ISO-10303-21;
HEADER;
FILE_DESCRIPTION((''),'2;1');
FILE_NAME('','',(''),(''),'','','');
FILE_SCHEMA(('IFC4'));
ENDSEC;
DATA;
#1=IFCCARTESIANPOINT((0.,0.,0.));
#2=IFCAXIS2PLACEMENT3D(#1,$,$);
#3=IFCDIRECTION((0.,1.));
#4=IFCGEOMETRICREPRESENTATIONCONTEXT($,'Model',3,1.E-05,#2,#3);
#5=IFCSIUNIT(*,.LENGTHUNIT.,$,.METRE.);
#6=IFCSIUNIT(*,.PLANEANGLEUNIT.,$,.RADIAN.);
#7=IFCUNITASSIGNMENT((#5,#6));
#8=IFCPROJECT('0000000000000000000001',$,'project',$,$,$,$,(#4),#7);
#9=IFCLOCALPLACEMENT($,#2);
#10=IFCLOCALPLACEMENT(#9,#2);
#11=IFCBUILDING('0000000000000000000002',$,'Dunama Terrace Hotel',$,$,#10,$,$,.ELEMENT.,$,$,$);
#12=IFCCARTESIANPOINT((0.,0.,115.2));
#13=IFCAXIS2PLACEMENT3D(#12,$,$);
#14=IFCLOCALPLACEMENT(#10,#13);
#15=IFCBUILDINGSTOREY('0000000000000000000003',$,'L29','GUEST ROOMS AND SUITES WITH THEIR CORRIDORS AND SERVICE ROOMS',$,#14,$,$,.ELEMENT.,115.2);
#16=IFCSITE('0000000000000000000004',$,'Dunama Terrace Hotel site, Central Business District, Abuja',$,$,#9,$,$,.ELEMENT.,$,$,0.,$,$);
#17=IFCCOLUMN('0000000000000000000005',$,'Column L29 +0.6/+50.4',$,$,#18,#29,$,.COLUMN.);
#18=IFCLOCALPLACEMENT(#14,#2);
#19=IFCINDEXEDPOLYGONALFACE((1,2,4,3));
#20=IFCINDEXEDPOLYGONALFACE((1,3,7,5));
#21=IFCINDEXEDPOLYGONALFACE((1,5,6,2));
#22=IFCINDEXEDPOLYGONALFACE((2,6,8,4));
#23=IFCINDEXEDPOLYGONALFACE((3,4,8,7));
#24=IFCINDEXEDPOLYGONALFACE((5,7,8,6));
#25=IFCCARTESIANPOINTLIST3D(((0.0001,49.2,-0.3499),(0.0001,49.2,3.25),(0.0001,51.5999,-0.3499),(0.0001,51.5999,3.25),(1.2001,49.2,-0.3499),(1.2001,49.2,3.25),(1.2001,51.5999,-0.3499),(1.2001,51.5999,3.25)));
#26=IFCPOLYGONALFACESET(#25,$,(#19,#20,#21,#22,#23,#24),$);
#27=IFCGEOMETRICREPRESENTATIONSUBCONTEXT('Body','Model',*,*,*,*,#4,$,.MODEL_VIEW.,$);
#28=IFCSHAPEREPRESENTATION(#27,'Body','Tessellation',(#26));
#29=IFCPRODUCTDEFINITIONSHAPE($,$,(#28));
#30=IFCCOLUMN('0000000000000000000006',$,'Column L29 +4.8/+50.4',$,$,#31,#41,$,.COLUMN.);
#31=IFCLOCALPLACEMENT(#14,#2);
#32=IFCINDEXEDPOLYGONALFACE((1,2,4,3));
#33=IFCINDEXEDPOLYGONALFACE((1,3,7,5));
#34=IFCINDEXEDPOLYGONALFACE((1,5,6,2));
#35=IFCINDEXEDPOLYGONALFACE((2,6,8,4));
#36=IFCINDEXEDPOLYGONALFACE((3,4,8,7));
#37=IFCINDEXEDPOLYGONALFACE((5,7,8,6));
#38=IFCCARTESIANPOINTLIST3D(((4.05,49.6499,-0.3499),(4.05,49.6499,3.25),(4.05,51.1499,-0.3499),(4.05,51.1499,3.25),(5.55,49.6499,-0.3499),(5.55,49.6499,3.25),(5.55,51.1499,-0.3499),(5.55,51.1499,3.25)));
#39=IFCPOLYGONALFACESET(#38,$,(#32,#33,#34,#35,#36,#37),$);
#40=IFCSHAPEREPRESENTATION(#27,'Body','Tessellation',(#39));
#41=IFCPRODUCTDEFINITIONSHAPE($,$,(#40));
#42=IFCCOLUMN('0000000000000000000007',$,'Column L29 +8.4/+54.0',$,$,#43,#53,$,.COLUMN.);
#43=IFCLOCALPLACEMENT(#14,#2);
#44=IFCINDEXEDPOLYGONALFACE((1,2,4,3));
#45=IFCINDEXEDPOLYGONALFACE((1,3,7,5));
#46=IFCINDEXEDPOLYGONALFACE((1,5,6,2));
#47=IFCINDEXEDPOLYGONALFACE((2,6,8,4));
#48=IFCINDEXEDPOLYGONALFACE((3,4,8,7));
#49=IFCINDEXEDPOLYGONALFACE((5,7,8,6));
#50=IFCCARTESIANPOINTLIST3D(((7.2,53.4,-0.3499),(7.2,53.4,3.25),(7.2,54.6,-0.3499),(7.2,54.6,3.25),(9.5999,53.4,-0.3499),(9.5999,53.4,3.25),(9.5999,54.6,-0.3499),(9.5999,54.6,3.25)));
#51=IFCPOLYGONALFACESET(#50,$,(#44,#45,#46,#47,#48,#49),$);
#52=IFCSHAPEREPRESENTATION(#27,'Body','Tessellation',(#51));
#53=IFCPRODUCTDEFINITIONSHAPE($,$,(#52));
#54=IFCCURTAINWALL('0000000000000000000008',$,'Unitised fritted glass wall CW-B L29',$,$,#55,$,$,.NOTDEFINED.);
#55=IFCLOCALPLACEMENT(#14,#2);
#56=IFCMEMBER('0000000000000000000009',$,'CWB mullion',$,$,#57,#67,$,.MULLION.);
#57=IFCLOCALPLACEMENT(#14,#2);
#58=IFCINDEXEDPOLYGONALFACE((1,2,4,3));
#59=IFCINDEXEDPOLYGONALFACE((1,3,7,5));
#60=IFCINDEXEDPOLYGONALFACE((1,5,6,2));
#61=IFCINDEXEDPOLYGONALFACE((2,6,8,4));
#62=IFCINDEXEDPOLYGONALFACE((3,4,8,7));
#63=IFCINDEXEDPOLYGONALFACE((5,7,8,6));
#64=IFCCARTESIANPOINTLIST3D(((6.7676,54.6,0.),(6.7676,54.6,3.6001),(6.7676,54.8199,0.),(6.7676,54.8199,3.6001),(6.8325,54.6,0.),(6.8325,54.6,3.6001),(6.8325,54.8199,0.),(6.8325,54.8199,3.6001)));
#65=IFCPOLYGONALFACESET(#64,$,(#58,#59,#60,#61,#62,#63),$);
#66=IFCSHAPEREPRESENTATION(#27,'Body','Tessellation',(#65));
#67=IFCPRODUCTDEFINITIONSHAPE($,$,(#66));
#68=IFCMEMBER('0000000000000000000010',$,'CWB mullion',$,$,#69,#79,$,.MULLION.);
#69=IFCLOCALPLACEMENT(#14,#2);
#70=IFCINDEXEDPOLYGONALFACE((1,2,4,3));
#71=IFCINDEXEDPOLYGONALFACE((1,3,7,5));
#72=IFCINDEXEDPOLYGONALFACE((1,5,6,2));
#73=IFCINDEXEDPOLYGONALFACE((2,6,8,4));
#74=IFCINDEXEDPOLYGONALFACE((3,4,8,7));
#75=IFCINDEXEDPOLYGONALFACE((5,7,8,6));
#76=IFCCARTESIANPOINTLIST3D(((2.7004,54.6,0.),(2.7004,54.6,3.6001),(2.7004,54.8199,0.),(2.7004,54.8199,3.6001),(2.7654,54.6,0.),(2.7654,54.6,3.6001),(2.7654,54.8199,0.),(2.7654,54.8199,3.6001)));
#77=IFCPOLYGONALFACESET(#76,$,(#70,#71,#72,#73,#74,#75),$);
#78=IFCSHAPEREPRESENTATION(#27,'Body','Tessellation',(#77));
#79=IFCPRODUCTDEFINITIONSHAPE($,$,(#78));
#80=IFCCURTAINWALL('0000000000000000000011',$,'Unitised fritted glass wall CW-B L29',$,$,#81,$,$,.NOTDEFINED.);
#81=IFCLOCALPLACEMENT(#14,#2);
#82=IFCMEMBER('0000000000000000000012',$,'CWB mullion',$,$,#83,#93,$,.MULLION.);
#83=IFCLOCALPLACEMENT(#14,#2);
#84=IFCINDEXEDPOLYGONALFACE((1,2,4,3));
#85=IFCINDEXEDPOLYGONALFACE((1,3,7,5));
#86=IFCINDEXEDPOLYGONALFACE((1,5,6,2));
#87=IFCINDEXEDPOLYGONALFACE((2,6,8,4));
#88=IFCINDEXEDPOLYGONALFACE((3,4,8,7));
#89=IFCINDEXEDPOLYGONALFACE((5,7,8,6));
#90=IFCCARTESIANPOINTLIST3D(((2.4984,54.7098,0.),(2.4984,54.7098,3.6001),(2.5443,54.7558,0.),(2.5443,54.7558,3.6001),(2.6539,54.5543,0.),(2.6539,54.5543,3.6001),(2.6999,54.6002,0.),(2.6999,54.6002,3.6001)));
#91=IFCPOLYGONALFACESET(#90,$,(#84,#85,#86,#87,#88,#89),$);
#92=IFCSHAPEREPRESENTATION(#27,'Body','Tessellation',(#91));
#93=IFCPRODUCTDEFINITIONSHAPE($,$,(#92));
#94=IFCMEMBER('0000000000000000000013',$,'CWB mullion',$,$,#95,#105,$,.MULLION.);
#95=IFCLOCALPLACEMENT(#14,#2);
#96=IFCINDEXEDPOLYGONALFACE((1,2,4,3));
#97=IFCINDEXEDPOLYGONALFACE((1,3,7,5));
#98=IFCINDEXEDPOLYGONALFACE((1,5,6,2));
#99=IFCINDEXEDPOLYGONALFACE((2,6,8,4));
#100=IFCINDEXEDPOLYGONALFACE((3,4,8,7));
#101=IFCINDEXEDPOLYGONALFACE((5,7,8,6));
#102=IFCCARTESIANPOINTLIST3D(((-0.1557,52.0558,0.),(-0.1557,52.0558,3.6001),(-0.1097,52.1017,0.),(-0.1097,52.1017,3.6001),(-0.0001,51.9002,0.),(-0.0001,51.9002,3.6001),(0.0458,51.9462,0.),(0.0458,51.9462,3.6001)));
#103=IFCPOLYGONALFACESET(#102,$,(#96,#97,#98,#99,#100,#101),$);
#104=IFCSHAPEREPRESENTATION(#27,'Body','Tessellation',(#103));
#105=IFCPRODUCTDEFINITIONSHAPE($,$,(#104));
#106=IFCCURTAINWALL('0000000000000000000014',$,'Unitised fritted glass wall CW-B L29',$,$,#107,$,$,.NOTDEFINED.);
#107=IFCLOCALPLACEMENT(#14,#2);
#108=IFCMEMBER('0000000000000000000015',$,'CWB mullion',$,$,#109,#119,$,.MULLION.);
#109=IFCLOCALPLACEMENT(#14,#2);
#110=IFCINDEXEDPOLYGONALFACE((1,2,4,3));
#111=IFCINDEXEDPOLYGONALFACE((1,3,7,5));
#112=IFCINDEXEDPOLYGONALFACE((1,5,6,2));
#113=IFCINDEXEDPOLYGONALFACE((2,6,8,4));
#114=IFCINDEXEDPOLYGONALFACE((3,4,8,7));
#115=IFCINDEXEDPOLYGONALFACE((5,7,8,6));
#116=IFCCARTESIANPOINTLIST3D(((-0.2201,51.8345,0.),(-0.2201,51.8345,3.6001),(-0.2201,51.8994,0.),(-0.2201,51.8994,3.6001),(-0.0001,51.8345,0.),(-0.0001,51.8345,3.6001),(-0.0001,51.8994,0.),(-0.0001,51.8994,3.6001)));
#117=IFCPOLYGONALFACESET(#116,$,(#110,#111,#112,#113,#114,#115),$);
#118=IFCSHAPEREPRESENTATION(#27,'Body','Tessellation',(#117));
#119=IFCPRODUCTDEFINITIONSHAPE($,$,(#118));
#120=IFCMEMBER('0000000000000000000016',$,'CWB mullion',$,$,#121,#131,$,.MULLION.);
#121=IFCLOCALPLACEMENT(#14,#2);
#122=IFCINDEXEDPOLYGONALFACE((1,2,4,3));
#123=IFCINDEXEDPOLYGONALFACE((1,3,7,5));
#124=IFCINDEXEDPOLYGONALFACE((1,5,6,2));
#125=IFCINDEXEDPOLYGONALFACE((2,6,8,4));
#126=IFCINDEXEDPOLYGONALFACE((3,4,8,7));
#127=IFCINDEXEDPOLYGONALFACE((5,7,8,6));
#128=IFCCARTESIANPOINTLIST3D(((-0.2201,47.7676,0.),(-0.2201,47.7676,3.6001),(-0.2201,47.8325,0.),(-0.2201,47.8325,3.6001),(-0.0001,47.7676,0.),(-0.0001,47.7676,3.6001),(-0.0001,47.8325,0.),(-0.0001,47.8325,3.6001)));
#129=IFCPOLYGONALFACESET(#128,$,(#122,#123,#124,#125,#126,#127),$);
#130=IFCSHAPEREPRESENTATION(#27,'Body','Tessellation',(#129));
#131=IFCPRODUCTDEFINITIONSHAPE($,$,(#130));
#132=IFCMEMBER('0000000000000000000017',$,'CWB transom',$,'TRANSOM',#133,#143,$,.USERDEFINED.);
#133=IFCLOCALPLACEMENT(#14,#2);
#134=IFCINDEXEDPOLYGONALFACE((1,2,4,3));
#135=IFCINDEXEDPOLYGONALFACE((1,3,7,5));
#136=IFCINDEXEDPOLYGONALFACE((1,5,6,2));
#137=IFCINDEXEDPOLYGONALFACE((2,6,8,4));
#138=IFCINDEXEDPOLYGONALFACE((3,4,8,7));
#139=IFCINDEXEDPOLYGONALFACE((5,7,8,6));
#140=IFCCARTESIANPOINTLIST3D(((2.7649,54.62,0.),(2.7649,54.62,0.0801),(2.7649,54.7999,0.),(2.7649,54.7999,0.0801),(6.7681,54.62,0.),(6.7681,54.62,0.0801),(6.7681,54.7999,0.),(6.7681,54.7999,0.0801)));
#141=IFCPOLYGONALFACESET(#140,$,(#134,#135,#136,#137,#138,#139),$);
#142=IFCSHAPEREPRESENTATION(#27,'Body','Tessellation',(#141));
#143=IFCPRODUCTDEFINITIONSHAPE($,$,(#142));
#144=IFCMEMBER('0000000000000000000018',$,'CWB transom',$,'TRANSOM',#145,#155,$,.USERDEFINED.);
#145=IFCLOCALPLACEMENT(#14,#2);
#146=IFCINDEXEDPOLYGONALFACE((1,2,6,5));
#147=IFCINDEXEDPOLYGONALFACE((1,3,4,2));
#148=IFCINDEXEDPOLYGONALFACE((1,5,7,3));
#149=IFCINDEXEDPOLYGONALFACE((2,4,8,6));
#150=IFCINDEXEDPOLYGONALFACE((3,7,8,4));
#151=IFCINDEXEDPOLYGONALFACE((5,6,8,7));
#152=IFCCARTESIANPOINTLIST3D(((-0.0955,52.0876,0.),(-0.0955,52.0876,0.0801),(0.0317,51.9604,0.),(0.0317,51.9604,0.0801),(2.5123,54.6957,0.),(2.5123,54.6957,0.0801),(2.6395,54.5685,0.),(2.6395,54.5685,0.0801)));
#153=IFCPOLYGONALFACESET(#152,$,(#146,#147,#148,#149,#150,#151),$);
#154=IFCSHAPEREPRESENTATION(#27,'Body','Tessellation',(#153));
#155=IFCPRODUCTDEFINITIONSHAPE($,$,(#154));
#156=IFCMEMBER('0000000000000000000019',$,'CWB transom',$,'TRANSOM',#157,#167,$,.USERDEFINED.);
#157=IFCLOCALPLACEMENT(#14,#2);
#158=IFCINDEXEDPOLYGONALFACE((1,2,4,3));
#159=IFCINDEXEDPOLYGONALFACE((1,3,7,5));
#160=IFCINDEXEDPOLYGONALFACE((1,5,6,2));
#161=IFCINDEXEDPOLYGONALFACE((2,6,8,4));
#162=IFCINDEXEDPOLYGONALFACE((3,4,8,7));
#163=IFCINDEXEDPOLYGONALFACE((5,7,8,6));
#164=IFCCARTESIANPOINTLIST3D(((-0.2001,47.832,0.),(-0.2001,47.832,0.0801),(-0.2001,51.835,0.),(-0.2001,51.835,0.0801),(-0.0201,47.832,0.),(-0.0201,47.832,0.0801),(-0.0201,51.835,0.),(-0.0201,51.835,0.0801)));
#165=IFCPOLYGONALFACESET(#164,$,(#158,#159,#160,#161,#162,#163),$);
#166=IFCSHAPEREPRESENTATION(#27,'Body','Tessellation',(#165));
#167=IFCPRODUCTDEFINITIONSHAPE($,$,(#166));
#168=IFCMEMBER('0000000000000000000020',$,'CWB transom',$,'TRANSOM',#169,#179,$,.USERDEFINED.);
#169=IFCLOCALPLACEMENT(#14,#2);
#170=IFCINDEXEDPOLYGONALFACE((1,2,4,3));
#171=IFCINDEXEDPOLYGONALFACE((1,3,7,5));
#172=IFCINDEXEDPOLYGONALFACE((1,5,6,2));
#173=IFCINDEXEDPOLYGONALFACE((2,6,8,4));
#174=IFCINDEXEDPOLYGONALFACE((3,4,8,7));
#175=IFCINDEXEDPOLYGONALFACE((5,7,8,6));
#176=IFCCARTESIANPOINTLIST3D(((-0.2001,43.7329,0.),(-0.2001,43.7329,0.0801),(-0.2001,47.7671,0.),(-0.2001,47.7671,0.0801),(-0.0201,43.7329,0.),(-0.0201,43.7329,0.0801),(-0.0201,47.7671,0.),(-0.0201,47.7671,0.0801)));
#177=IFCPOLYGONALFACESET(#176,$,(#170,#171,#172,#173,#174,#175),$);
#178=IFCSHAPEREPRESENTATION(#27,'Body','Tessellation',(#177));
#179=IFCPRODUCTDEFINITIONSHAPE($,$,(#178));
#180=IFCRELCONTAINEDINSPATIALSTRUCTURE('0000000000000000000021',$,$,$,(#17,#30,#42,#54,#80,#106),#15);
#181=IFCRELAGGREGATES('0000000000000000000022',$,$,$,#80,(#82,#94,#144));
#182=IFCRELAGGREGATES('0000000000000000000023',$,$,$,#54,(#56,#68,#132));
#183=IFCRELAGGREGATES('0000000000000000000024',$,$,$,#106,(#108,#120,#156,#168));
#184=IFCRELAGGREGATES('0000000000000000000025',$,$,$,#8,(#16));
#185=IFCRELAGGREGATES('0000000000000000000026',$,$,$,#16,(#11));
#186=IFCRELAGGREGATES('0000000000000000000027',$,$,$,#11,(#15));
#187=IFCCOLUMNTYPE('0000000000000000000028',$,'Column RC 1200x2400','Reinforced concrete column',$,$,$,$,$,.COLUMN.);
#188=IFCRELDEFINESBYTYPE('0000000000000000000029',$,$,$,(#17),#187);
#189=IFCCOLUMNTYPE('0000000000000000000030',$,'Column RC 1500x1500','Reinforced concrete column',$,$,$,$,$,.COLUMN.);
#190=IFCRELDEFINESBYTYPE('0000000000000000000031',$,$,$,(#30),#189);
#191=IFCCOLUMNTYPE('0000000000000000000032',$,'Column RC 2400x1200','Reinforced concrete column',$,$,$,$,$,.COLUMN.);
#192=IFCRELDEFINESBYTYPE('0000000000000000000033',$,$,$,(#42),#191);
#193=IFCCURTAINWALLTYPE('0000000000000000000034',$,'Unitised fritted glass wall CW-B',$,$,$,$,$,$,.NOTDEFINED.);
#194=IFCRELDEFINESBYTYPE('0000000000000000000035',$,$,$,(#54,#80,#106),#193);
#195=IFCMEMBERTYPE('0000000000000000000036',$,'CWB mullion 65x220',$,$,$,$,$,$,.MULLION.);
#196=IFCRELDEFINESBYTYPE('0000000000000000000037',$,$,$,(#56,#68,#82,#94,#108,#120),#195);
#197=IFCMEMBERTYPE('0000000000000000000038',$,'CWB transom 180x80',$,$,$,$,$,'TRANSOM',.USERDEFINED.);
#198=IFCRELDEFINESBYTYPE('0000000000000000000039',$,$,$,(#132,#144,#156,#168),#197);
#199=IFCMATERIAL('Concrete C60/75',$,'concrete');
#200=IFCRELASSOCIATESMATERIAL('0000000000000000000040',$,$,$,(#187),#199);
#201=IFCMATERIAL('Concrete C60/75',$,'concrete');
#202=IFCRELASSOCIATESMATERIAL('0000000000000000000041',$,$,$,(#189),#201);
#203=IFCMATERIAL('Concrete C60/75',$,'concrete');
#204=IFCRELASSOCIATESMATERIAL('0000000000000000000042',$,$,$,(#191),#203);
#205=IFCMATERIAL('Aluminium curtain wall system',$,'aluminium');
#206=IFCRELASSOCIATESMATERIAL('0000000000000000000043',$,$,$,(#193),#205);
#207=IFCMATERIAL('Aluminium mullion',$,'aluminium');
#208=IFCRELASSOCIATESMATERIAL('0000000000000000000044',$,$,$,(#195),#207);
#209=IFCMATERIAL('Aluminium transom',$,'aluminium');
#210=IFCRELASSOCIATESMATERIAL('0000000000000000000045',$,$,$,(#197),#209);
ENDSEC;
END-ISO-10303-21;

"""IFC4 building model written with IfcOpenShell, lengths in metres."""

from ifc_helpers import new_model, si_unit, direction, frame, origin, origin_2d, place, context, subcontext, project, spatial, rectangle, extrude, material, material_profile, profile_set, type_object, element, aggregate, save


model = new_model("IFC4")

# Units and contexts
model_context = context("Model", 3, precision=1e-05, world=origin(), true_north=direction((0.0, 1.0)))
body_context = subcontext(model_context, "Body", "Model", "MODEL_VIEW")
ifc_project = project(units=[si_unit("LENGTHUNIT", "METRE"), si_unit("PLANEANGLEUNIT", "RADIAN")], contexts=[model_context])

# Site, building, storey
site_placement = place(None, origin())
site = spatial("IfcSite", under=ifc_project, at=site_placement, Name="Dunama Terrace Hotel site, Central Business District, Abuja", CompositionType="ELEMENT", RefElevation=0.0)
building_placement = place(site_placement, origin())
building = spatial("IfcBuilding", under=site, at=building_placement, Name="Dunama Terrace Hotel", CompositionType="ELEMENT")
storey_placement = place(building_placement, frame((0.0, 0.0, 115.2)))
storey = spatial("IfcBuildingStorey", under=building, at=storey_placement, Name="L29", Description="GUEST ROOMS AND SUITES WITH THEIR CORRIDORS AND SERVICE ROOMS", CompositionType="ELEMENT", Elevation=115.2)

# Columns
ifc_material_1 = material(Name="Concrete C60/75", Category="concrete")
ifc_material_profile_1 = material_profile(ifc_material_1, rectangle(XDim=1.2, YDim=2.3999, at=origin_2d()), Name="RC 1200x2400")
ifc_profile_set_1 = profile_set([ifc_material_profile_1], Name="Concrete C60/75")
column_type_1 = type_object("IfcColumnType", Name="Column RC 1200x2400", Description="Reinforced concrete column", PredefinedType="COLUMN", material=ifc_profile_set_1)
column_1_placement = place(storey_placement, frame((0.6001, 50.3999, -0.3499), z_axis=(0.0, 0.0, 1.0), x_axis=(1.0, 0.0, 0.0)))
element("IfcColumn", 1, at=column_1_placement, inside=storey, type_object=column_type_1, Name="Column L29 +0.6/+50.4", PredefinedType="COLUMN", context=body_context, shape_type="SweptSolid", body=[
    extrude(rectangle(XDim=1.2, YDim=2.3999, at=origin_2d()), origin(), (0.0, 0.0, 1.0), 3.5999),
])
ifc_material_2 = material(Name="Concrete C60/75", Category="concrete")
ifc_material_profile_2 = material_profile(ifc_material_2, rectangle(XDim=1.5, YDim=1.5, at=origin_2d()), Name="RC 1500x1500")
ifc_profile_set_2 = profile_set([ifc_material_profile_2], Name="Concrete C60/75")
column_type_2 = type_object("IfcColumnType", Name="Column RC 1500x1500", Description="Reinforced concrete column", PredefinedType="COLUMN", material=ifc_profile_set_2)
column_2_placement = place(storey_placement, frame((4.8, 50.3999, -0.3499), z_axis=(0.0, 0.0, 1.0), x_axis=(1.0, 0.0, 0.0)))
element("IfcColumn", 2, at=column_2_placement, inside=storey, type_object=column_type_2, Name="Column L29 +4.8/+50.4", PredefinedType="COLUMN", context=body_context, shape_type="SweptSolid", body=[
    extrude(rectangle(XDim=1.5, YDim=1.5, at=origin_2d()), origin(), (0.0, 0.0, 1.0), 3.5999),
])
ifc_material_3 = material(Name="Concrete C60/75", Category="concrete")
ifc_material_profile_3 = material_profile(ifc_material_3, rectangle(XDim=2.3999, YDim=1.2, at=origin_2d()), Name="RC 2400x1200")
ifc_profile_set_3 = profile_set([ifc_material_profile_3], Name="Concrete C60/75")
column_type_3 = type_object("IfcColumnType", Name="Column RC 2400x1200", Description="Reinforced concrete column", PredefinedType="COLUMN", material=ifc_profile_set_3)
column_3_placement = place(storey_placement, frame((8.3999, 54.0, -0.3499), z_axis=(0.0, 0.0, 1.0), x_axis=(1.0, 0.0, 0.0)))
element("IfcColumn", 3, at=column_3_placement, inside=storey, type_object=column_type_3, Name="Column L29 +8.4/+54.0", PredefinedType="COLUMN", context=body_context, shape_type="SweptSolid", body=[
    extrude(rectangle(XDim=2.3999, YDim=1.2, at=origin_2d()), origin(), (0.0, 0.0, 1.0), 3.5999),
])

# Curtain walls, members
ifc_material_4 = material(Name="Aluminium curtain wall system", Category="aluminium")
curtain_wall_type = type_object("IfcCurtainWallType", Name="Unitised fritted glass wall CW-B", PredefinedType="NOTDEFINED", material=ifc_material_4)
curtain_wall_1_placement = place(storey_placement, origin())
curtain_wall_1 = element("IfcCurtainWall", 4, at=curtain_wall_1_placement, inside=storey, type_object=curtain_wall_type, Name="Unitised fritted glass wall CW-B L29", PredefinedType="NOTDEFINED")
ifc_material_5 = material(Name="Aluminium mullion", Category="aluminium")
ifc_material_profile_4 = material_profile(ifc_material_5, rectangle(XDim=0.0649, YDim=0.22, at=origin_2d()), Name="CWB MULLION 65X220")
ifc_profile_set_4 = profile_set([ifc_material_profile_4], Name="Aluminium mullion")
member_type_1 = type_object("IfcMemberType", Name="CWB mullion 65x220", PredefinedType="MULLION", material=ifc_profile_set_4)
member_1_placement = place(storey_placement, frame((6.8, 54.71, 0.0), z_axis=(0.0, 0.0, 1.0), x_axis=(-1.0, 0.0, 0.0)))
member_1 = element("IfcMember", 5, at=member_1_placement, type_object=member_type_1, Name="CWB mullion", PredefinedType="MULLION", context=body_context, shape_type="SweptSolid", body=[
    extrude(rectangle(XDim=0.0649, YDim=0.22, at=origin_2d()), origin(), (0.0, 0.0, 1.0), 3.6001),
])
member_2_placement = place(storey_placement, frame((2.7329, 54.71, 0.0), z_axis=(0.0, 0.0, 1.0), x_axis=(-1.0, 0.0, 0.0)))
member_2 = element("IfcMember", 6, at=member_2_placement, type_object=member_type_1, Name="CWB mullion", PredefinedType="MULLION", context=body_context, shape_type="SweptSolid", body=[
    extrude(rectangle(XDim=0.0649, YDim=0.22, at=origin_2d()), origin(), (0.0, 0.0, 1.0), 3.6001),
])
curtain_wall_2_placement = place(storey_placement, origin())
curtain_wall_2 = element("IfcCurtainWall", 7, at=curtain_wall_2_placement, inside=storey, type_object=curtain_wall_type, Name="Unitised fritted glass wall CW-B L29", PredefinedType="NOTDEFINED")
member_3_placement = place(storey_placement, frame((2.5991, 54.655, 0.0), z_axis=(0.0, 0.0, 1.0), x_axis=(-0.707107, -0.707107, 0.0)))
member_3 = element("IfcMember", 8, at=member_3_placement, type_object=member_type_1, Name="CWB mullion", PredefinedType="MULLION", context=body_context, shape_type="SweptSolid", body=[
    extrude(rectangle(XDim=0.0649, YDim=0.22, at=origin_2d()), origin(), (0.0, 0.0, 1.0), 3.6001),
])
member_4_placement = place(storey_placement, frame((-0.0549, 52.001, 0.0), z_axis=(0.0, 0.0, 1.0), x_axis=(-0.707107, -0.707107, 0.0)))
member_4 = element("IfcMember", 9, at=member_4_placement, type_object=member_type_1, Name="CWB mullion", PredefinedType="MULLION", context=body_context, shape_type="SweptSolid", body=[
    extrude(rectangle(XDim=0.0649, YDim=0.22, at=origin_2d()), origin(), (0.0, 0.0, 1.0), 3.6001),
])
curtain_wall_3_placement = place(storey_placement, origin())
curtain_wall_3 = element("IfcCurtainWall", 10, at=curtain_wall_3_placement, inside=storey, type_object=curtain_wall_type, Name="Unitised fritted glass wall CW-B L29", PredefinedType="NOTDEFINED")
member_5_placement = place(storey_placement, frame((-0.1101, 51.8669, 0.0), z_axis=(0.0, 0.0, 1.0), x_axis=(0.0, -1.0, 0.0)))
member_5 = element("IfcMember", 11, at=member_5_placement, type_object=member_type_1, Name="CWB mullion", PredefinedType="MULLION", context=body_context, shape_type="SweptSolid", body=[
    extrude(rectangle(XDim=0.0649, YDim=0.22, at=origin_2d()), origin(), (0.0, 0.0, 1.0), 3.6001),
])
member_6_placement = place(storey_placement, frame((-0.1101, 47.8, 0.0), z_axis=(0.0, 0.0, 1.0), x_axis=(0.0, -1.0, 0.0)))
member_6 = element("IfcMember", 12, at=member_6_placement, type_object=member_type_1, Name="CWB mullion", PredefinedType="MULLION", context=body_context, shape_type="SweptSolid", body=[
    extrude(rectangle(XDim=0.0649, YDim=0.22, at=origin_2d()), origin(), (0.0, 0.0, 1.0), 3.6001),
])

# Members
ifc_material_6 = material(Name="Aluminium transom", Category="aluminium")
ifc_material_profile_5 = material_profile(ifc_material_6, rectangle(XDim=0.1799, YDim=0.0801, at=origin_2d()), Name="CWB TRANSOM 180X80")
ifc_profile_set_5 = profile_set([ifc_material_profile_5], Name="Aluminium transom")
member_type_2 = type_object("IfcMemberType", Name="CWB transom 180x80", ElementType="TRANSOM", PredefinedType="USERDEFINED", material=ifc_profile_set_5)
member_7_placement = place(storey_placement, frame((6.7681, 54.71, 0.04), z_axis=(-1.0, 0.0, 0.0), x_axis=(0.0, -1.0, 0.0)))
member_7 = element("IfcMember", 13, at=member_7_placement, type_object=member_type_2, Name="CWB transom", ObjectType="TRANSOM", PredefinedType="USERDEFINED", context=body_context, shape_type="SweptSolid", body=[
    extrude(rectangle(XDim=0.1799, YDim=0.0801, at=origin_2d()), origin(), (0.0, 0.0, 1.0), 4.0032),
])
member_8_placement = place(storey_placement, frame((2.5759, 54.6321, 0.04), z_axis=(-0.707074, -0.70714, 0.0), x_axis=(0.70714, -0.707074, 0.0)))
member_8 = element("IfcMember", 14, at=member_8_placement, type_object=member_type_2, Name="CWB transom", ObjectType="TRANSOM", PredefinedType="USERDEFINED", context=body_context, shape_type="SweptSolid", body=[
    extrude(rectangle(XDim=0.1799, YDim=0.0801, at=origin_2d()), origin(), (0.0, 0.0, 1.0), 3.6882),
])
member_9_placement = place(storey_placement, frame((-0.1101, 51.835, 0.04), z_axis=(0.0, -1.0, 0.0), x_axis=(1.0, 0.0, 0.0)))
member_9 = element("IfcMember", 15, at=member_9_placement, type_object=member_type_2, Name="CWB transom", ObjectType="TRANSOM", PredefinedType="USERDEFINED", context=body_context, shape_type="SweptSolid", body=[
    extrude(rectangle(XDim=0.1799, YDim=0.0801, at=origin_2d()), origin(), (0.0, 0.0, 1.0), 4.0029),
])
member_10_placement = place(storey_placement, frame((-0.1101, 47.7671, 0.04), z_axis=(0.0, -1.0, 0.0), x_axis=(1.0, 0.0, 0.0)))
member_10 = element("IfcMember", 16, at=member_10_placement, type_object=member_type_2, Name="CWB transom", ObjectType="TRANSOM", PredefinedType="USERDEFINED", context=body_context, shape_type="SweptSolid", body=[
    extrude(rectangle(XDim=0.1799, YDim=0.0801, at=origin_2d()), origin(), (0.0, 0.0, 1.0), 4.0342),
])

aggregate(curtain_wall_2, [member_3, member_4, member_8])
aggregate(curtain_wall_1, [member_1, member_2, member_7])
aggregate(curtain_wall_3, [member_5, member_6, member_9, member_10])

save(model, "model.ifc")
